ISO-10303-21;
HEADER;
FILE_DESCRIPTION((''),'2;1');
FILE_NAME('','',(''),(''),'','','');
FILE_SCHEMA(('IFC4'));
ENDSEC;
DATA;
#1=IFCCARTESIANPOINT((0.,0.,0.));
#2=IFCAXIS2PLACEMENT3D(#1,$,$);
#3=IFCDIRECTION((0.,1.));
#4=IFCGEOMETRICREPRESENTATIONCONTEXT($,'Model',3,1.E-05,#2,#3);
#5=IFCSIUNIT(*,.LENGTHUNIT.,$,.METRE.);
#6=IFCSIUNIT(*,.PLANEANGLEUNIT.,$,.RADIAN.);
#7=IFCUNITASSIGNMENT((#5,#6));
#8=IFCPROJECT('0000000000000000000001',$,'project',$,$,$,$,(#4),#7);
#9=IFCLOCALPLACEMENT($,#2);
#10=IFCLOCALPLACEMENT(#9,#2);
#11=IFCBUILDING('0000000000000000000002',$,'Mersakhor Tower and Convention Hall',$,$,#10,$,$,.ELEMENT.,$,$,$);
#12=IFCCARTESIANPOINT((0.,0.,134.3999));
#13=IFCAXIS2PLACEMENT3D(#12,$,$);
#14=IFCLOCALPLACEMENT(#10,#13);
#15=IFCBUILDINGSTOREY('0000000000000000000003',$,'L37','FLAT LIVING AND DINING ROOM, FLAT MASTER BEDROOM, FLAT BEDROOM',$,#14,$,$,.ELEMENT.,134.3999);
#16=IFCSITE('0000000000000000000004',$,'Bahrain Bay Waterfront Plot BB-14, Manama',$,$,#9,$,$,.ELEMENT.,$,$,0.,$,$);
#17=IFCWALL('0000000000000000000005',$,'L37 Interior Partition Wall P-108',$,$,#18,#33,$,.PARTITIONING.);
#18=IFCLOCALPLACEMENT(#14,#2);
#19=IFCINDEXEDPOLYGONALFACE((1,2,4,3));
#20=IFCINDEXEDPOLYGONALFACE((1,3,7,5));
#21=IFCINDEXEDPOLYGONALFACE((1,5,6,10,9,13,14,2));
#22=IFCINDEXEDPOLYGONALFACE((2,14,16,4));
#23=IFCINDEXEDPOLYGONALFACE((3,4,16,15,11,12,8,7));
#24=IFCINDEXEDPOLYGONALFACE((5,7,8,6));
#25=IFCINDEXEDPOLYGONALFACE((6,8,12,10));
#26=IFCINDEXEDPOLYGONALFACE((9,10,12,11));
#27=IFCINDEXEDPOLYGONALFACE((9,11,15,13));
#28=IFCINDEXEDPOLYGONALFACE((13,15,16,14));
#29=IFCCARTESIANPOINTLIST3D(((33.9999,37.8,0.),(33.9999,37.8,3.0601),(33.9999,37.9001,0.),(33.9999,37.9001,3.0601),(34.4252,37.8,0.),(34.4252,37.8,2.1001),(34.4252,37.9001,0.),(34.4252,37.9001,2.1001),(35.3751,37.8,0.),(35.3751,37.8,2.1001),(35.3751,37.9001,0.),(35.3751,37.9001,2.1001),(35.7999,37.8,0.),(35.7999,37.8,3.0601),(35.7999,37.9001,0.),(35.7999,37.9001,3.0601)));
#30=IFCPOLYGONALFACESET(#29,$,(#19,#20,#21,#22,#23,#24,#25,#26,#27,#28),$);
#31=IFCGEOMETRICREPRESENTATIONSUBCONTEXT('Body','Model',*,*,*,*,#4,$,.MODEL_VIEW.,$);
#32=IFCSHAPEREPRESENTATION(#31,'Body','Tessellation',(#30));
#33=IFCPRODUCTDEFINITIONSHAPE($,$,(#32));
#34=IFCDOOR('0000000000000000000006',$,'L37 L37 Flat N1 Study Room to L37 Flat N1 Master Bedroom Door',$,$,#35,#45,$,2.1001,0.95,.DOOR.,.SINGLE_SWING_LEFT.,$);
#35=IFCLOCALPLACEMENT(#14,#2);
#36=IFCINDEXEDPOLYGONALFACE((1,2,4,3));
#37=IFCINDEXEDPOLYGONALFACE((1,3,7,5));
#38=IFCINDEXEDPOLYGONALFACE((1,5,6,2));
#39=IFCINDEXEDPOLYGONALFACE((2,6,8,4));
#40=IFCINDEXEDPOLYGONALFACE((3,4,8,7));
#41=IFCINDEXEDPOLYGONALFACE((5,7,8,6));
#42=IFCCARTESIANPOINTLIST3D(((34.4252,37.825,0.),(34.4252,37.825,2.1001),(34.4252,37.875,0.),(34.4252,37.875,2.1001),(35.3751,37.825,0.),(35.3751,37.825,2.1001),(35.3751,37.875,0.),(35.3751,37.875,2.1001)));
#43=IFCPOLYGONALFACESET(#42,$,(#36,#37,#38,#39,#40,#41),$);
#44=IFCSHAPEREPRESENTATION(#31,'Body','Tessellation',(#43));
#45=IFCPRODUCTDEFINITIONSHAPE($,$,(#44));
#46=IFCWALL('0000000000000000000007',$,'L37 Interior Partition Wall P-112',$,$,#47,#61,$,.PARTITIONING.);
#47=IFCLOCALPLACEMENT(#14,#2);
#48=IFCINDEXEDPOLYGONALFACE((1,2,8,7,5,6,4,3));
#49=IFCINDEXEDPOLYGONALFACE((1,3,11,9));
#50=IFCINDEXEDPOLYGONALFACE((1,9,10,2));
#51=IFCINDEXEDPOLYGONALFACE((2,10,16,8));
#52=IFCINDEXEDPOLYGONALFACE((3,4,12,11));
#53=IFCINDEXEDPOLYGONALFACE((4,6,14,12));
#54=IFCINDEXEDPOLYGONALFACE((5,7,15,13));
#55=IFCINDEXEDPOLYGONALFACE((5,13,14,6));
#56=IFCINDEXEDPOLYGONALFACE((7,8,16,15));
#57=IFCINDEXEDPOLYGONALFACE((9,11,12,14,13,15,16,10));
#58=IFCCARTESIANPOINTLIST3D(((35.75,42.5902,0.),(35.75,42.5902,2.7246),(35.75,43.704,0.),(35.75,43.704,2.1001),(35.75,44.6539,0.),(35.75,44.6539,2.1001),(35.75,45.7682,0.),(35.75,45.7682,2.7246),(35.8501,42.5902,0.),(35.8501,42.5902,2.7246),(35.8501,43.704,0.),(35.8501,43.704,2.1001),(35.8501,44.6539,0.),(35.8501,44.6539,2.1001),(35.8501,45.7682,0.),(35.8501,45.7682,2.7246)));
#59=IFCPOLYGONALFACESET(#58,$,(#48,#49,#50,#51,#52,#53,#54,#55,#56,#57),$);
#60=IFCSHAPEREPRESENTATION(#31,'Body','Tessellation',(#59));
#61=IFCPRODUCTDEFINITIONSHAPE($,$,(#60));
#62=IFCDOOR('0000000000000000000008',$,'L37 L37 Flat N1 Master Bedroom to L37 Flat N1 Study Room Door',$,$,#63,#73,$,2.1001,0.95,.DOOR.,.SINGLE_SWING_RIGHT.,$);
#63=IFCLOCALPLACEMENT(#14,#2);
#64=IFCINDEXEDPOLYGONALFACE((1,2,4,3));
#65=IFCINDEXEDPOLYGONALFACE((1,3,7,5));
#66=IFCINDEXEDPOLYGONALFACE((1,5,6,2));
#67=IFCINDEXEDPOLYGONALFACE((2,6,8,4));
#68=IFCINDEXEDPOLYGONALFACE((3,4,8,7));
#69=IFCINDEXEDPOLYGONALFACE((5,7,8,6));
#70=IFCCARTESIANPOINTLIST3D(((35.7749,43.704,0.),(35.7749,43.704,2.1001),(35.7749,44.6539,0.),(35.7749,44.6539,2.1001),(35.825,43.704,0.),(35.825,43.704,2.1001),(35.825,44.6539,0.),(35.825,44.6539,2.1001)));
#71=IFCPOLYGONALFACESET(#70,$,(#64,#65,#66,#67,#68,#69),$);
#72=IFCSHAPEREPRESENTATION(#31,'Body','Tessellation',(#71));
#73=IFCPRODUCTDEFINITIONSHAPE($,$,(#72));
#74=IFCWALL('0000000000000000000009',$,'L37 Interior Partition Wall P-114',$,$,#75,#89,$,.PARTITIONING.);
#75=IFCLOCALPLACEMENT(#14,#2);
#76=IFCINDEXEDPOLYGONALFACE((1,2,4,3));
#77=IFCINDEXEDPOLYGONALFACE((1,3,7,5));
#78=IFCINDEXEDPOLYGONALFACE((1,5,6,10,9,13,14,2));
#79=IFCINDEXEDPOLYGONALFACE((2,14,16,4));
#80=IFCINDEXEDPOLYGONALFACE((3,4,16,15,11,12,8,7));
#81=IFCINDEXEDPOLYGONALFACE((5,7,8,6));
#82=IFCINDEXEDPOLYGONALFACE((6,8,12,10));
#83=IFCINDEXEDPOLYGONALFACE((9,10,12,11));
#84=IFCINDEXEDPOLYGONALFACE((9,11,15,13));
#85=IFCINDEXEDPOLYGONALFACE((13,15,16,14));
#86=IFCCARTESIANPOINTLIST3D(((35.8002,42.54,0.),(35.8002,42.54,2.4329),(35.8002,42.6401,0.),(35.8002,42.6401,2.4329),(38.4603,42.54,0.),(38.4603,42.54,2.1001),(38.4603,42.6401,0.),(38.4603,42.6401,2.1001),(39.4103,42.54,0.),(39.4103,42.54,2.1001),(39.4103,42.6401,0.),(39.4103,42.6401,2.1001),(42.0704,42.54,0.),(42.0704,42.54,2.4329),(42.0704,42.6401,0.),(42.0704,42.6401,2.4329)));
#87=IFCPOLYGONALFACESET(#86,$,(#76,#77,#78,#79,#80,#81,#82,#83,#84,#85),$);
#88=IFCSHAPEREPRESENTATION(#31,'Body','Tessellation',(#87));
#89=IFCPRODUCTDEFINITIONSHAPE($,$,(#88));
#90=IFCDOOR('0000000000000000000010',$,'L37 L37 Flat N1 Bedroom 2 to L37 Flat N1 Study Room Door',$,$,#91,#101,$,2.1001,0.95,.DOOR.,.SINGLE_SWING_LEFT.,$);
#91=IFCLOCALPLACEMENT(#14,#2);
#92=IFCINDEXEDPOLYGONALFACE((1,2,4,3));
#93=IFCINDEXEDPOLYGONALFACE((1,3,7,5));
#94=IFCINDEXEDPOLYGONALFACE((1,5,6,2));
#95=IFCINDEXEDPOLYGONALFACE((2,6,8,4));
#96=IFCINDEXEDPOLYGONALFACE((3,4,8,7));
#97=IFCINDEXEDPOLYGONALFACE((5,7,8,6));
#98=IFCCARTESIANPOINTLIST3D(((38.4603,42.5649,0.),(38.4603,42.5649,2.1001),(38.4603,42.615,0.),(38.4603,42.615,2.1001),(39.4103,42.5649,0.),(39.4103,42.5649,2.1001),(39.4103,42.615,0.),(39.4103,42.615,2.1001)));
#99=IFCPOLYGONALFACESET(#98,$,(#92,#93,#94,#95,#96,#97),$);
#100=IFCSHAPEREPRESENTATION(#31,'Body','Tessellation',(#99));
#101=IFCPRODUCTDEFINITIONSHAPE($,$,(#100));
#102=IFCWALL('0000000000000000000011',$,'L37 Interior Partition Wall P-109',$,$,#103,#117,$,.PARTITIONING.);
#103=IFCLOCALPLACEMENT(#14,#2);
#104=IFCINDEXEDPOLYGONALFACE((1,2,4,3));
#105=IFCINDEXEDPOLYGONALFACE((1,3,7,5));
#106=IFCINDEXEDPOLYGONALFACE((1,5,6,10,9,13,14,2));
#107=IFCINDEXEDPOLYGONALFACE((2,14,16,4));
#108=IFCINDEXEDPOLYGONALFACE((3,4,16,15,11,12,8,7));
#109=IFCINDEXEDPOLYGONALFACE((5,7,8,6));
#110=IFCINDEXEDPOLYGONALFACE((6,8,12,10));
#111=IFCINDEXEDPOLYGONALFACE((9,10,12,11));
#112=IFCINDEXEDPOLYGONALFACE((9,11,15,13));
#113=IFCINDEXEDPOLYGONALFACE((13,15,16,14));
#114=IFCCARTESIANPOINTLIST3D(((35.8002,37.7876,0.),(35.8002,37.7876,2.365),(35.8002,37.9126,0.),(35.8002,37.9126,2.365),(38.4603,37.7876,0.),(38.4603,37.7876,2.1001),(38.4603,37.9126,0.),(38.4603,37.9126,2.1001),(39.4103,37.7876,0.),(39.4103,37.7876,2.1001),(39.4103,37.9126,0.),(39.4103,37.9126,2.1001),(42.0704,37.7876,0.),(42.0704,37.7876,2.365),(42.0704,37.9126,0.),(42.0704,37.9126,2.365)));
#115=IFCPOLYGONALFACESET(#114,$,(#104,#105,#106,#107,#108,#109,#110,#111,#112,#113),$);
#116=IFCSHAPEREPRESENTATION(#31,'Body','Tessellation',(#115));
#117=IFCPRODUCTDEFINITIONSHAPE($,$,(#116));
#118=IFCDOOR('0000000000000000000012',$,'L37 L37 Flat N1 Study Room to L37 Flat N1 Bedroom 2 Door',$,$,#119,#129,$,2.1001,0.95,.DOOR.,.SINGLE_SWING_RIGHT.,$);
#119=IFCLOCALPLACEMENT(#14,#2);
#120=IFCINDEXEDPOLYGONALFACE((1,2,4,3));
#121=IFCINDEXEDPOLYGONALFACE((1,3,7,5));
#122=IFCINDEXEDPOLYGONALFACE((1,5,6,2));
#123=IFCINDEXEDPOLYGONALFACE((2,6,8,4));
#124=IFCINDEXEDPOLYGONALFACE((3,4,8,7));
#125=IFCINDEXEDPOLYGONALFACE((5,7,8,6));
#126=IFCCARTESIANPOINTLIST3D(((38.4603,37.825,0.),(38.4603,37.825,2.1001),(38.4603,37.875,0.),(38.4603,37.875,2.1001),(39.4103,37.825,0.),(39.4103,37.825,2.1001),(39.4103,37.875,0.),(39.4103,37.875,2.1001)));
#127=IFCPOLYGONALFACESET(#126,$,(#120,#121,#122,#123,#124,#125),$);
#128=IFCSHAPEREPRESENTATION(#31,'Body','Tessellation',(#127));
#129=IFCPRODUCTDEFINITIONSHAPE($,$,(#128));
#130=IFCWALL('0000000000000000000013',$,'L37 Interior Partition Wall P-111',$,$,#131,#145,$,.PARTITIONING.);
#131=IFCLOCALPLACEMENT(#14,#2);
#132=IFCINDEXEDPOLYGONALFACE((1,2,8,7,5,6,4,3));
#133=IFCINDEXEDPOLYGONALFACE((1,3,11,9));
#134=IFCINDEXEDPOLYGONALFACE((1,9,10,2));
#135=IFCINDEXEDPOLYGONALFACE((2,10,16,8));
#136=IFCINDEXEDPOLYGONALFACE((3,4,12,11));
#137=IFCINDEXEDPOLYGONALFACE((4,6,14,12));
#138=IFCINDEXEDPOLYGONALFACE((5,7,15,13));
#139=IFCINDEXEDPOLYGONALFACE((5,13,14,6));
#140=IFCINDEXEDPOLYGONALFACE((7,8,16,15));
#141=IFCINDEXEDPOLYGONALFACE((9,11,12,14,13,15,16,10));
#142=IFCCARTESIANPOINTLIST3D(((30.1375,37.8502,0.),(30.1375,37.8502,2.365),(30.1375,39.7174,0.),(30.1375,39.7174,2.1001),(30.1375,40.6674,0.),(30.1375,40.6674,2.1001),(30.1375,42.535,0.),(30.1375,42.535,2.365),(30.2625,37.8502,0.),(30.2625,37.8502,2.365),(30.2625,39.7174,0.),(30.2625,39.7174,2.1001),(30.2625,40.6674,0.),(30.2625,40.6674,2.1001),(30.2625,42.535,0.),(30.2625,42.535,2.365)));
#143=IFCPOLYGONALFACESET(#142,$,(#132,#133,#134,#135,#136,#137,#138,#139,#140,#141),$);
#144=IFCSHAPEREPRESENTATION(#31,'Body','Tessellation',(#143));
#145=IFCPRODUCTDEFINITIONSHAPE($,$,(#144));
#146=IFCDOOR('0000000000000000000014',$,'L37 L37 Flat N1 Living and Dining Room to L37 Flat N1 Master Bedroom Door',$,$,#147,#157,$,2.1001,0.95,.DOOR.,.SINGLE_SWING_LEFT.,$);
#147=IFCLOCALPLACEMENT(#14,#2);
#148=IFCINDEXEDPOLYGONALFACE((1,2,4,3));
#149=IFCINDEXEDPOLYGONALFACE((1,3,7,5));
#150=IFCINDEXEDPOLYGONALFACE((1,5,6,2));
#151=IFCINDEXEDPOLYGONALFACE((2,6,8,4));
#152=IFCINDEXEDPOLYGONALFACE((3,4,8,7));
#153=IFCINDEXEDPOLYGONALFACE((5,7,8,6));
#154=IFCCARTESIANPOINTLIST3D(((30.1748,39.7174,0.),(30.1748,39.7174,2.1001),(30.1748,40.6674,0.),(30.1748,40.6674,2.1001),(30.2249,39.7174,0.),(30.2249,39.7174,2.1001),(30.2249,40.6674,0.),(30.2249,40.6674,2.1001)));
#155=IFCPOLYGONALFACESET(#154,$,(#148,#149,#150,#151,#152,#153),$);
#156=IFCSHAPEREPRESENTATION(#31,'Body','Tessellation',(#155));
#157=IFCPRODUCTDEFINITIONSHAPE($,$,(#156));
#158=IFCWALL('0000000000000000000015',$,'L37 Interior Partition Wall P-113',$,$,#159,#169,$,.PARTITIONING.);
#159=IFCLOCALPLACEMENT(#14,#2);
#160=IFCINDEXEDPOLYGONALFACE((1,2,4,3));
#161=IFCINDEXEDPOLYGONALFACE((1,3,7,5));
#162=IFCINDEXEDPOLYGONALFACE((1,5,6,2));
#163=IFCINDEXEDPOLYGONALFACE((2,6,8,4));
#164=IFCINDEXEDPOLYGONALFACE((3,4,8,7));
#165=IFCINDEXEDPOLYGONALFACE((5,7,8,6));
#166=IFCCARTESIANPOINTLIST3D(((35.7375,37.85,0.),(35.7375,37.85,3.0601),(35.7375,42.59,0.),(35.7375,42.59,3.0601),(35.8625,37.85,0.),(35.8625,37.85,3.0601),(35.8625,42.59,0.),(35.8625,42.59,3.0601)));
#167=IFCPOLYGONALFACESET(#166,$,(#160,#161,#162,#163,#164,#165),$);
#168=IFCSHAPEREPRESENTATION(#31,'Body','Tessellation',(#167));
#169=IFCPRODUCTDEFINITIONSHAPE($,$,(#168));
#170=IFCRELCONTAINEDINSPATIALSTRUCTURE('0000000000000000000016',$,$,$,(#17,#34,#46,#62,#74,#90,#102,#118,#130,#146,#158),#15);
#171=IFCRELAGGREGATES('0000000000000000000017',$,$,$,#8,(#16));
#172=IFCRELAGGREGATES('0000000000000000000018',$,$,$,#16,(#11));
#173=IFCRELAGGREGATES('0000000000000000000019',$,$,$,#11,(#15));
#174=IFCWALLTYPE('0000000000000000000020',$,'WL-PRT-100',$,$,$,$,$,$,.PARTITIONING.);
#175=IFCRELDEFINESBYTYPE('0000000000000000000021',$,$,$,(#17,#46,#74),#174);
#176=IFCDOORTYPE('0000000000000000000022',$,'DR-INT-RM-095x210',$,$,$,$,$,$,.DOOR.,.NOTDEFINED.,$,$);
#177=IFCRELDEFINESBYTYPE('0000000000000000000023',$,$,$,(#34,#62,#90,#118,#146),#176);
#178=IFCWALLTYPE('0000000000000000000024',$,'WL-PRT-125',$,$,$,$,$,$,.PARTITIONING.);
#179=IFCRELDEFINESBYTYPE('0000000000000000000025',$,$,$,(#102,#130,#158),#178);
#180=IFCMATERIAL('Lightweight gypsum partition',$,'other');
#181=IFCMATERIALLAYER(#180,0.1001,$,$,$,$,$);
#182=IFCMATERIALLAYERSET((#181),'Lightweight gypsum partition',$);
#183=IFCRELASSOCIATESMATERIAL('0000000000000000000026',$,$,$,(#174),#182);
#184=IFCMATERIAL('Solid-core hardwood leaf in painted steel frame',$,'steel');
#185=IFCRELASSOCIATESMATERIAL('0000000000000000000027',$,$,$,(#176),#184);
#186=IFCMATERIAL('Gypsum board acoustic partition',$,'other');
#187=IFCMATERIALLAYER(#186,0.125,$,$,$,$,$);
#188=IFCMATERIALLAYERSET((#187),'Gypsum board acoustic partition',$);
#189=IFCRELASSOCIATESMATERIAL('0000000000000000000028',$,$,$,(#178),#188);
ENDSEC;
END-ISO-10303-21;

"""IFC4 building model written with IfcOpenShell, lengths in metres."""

from ifc_helpers import new_model, si_unit, direction, frame, frame_2d, origin, place, context, subcontext, project, spatial, rectangle, extrude, material, layer, layer_set, type_object, element, fill, save


model = new_model("IFC4")

# Units and contexts
model_context = context("Model", 3, precision=1e-05, world=origin(), true_north=direction((0.0, 1.0)))
body_context = subcontext(model_context, "Body", "Model", "MODEL_VIEW")
ifc_project = project(units=[si_unit("LENGTHUNIT", "METRE"), si_unit("PLANEANGLEUNIT", "RADIAN")], contexts=[model_context])

# Site, building, storey
site_placement = place(None, origin())
site = spatial("IfcSite", under=ifc_project, at=site_placement, Name="Bahrain Bay Waterfront Plot BB-14, Manama", CompositionType="ELEMENT", RefElevation=0.0)
building_placement = place(site_placement, origin())
building = spatial("IfcBuilding", under=site, at=building_placement, Name="Mersakhor Tower and Convention Hall", CompositionType="ELEMENT")
storey_placement = place(building_placement, frame((0.0, 0.0, 134.3999)))
storey = spatial("IfcBuildingStorey", under=building, at=storey_placement, Name="L37", Description="FLAT LIVING AND DINING ROOM, FLAT MASTER BEDROOM, FLAT BEDROOM", CompositionType="ELEMENT", Elevation=134.3999)

# Walls, openings, doors
ifc_material_1 = material(Name="Lightweight gypsum partition", Category="other")
ifc_layer_1 = layer(ifc_material_1, 0.1001)
ifc_layer_set_1 = layer_set([ifc_layer_1], Name="Lightweight gypsum partition")
wall_type_1 = type_object("IfcWallType", Name="WL-PRT-100", PredefinedType="PARTITIONING", material=ifc_layer_set_1)
wall_1_placement = place(storey_placement, frame((34.0, 37.8501, 0.0), z_axis=(0.0, 0.0, 1.0), x_axis=(1.0, 0.0, 0.0)))
wall_1 = element("IfcWall", 1, at=wall_1_placement, inside=storey, type_object=wall_type_1, Name="L37 Interior Partition Wall P-108", PredefinedType="PARTITIONING", context=body_context, shape_type="SweptSolid", body=[
    extrude(rectangle(XDim=1.8, YDim=0.1001, at=frame_2d((0.8999, 0.0))), origin(), (0.0, 0.0, 1.0), 3.0601),
])
opening_1_placement = place(wall_1_placement, frame((0.425, 0.0, 0.0)))
opening_1 = element("IfcOpeningElement", 2, at=opening_1_placement, cuts=wall_1, PredefinedType="OPENING", context=body_context, shape_type="SweptSolid", body=[
    extrude(rectangle(XDim=0.95, YDim=2.1001, at=frame_2d((0.4751, 1.05))), frame((0.0, 0.0601, 0.0), z_axis=(0.0, -1.0, 0.0), x_axis=(1.0, 0.0, 0.0)), (0.0, 0.0, 1.0), 0.1201),
])
ifc_material_2 = material(Name="Solid-core hardwood leaf in painted steel frame", Category="steel")
door_type_1 = type_object("IfcDoorType", Name="DR-INT-RM-095x210", OperationType="NOTDEFINED", PredefinedType="DOOR", material=ifc_material_2)
door_1_placement = place(opening_1_placement, origin())
door_1 = element("IfcDoor", 3, at=door_1_placement, inside=storey, type_object=door_type_1, Name="L37 L37 Flat N1 Study Room to L37 Flat N1 Master Bedroom Door", OperationType="SINGLE_SWING_LEFT", OverallHeight=2.1001, OverallWidth=0.95, PredefinedType="DOOR", context=body_context, shape_type="SweptSolid", body=[
    extrude(rectangle(XDim=0.95, YDim=2.1001, at=frame_2d((0.4751, 1.05))), frame((0.0, 0.0249, 0.0), z_axis=(0.0, -1.0, 0.0), x_axis=(1.0, 0.0, 0.0)), (0.0, 0.0, 1.0), 0.05),
])
fill(opening_1, door_1)
wall_2_placement = place(storey_placement, frame((35.8, 45.7681, 0.0), z_axis=(0.0, 0.0, 1.0), x_axis=(0.0, -1.0, 0.0)))
wall_2 = element("IfcWall", 4, at=wall_2_placement, inside=storey, type_object=wall_type_1, Name="L37 Interior Partition Wall P-112", PredefinedType="PARTITIONING", context=body_context, shape_type="SweptSolid", body=[
    extrude(rectangle(XDim=3.178, YDim=0.1001, at=frame_2d((1.5889, 0.0))), origin(), (0.0, 0.0, 1.0), 2.7246),
])
opening_2_placement = place(wall_2_placement, frame((1.114, 0.0, 0.0)))
opening_2 = element("IfcOpeningElement", 5, at=opening_2_placement, cuts=wall_2, PredefinedType="OPENING", context=body_context, shape_type="SweptSolid", body=[
    extrude(rectangle(XDim=0.95, YDim=2.1001, at=frame_2d((0.4751, 1.05))), frame((0.0, 0.0601, 0.0), z_axis=(0.0, -1.0, 0.0), x_axis=(1.0, 0.0, 0.0)), (0.0, 0.0, 1.0), 0.1201),
])
door_2_placement = place(opening_2_placement, origin())
door_2 = element("IfcDoor", 6, at=door_2_placement, inside=storey, type_object=door_type_1, Name="L37 L37 Flat N1 Master Bedroom to L37 Flat N1 Study Room Door", OperationType="SINGLE_SWING_RIGHT", OverallHeight=2.1001, OverallWidth=0.95, PredefinedType="DOOR", context=body_context, shape_type="SweptSolid", body=[
    extrude(rectangle(XDim=0.95, YDim=2.1001, at=frame_2d((0.4751, 1.05))), frame((0.0, 0.0249, 0.0), z_axis=(0.0, -1.0, 0.0), x_axis=(1.0, 0.0, 0.0)), (0.0, 0.0, 1.0), 0.05),
])
fill(opening_2, door_2)
wall_3_placement = place(storey_placement, frame((35.8, 42.5901, 0.0), z_axis=(0.0, 0.0, 1.0), x_axis=(1.0, 0.0, 0.0)))
wall_3 = element("IfcWall", 7, at=wall_3_placement, inside=storey, type_object=wall_type_1, Name="L37 Interior Partition Wall P-114", PredefinedType="PARTITIONING", context=body_context, shape_type="SweptSolid", body=[
    extrude(rectangle(XDim=6.2703, YDim=0.1001, at=frame_2d((3.1353, 0.0))), origin(), (0.0, 0.0, 1.0), 2.4329),
])
opening_3_placement = place(wall_3_placement, frame((2.6602, 0.0, 0.0)))
opening_3 = element("IfcOpeningElement", 8, at=opening_3_placement, cuts=wall_3, PredefinedType="OPENING", context=body_context, shape_type="SweptSolid", body=[
    extrude(rectangle(XDim=0.95, YDim=2.1001, at=frame_2d((0.4751, 1.05))), frame((0.0, 0.0601, 0.0), z_axis=(0.0, -1.0, 0.0), x_axis=(1.0, 0.0, 0.0)), (0.0, 0.0, 1.0), 0.1201),
])
door_3_placement = place(opening_3_placement, origin())
door_3 = element("IfcDoor", 9, at=door_3_placement, inside=storey, type_object=door_type_1, Name="L37 L37 Flat N1 Bedroom 2 to L37 Flat N1 Study Room Door", OperationType="SINGLE_SWING_LEFT", OverallHeight=2.1001, OverallWidth=0.95, PredefinedType="DOOR", context=body_context, shape_type="SweptSolid", body=[
    extrude(rectangle(XDim=0.95, YDim=2.1001, at=frame_2d((0.4751, 1.05))), frame((0.0, 0.0249, 0.0), z_axis=(0.0, -1.0, 0.0), x_axis=(1.0, 0.0, 0.0)), (0.0, 0.0, 1.0), 0.05),
])
fill(opening_3, door_3)
ifc_material_3 = material(Name="Gypsum board acoustic partition", Category="other")
ifc_layer_2 = layer(ifc_material_3, 0.125)
ifc_layer_set_2 = layer_set([ifc_layer_2], Name="Gypsum board acoustic partition")
wall_type_2 = type_object("IfcWallType", Name="WL-PRT-125", PredefinedType="PARTITIONING", material=ifc_layer_set_2)
wall_4_placement = place(storey_placement, frame((35.8, 37.8501, 0.0), z_axis=(0.0, 0.0, 1.0), x_axis=(1.0, 0.0, 0.0)))
wall_4 = element("IfcWall", 10, at=wall_4_placement, inside=storey, type_object=wall_type_2, Name="L37 Interior Partition Wall P-109", PredefinedType="PARTITIONING", context=body_context, shape_type="SweptSolid", body=[
    extrude(rectangle(XDim=6.2703, YDim=0.125, at=frame_2d((3.1353, 0.0))), origin(), (0.0, 0.0, 1.0), 2.365),
])
opening_4_placement = place(wall_4_placement, frame((2.6602, 0.0, 0.0)))
opening_4 = element("IfcOpeningElement", 11, at=opening_4_placement, cuts=wall_4, PredefinedType="OPENING", context=body_context, shape_type="SweptSolid", body=[
    extrude(rectangle(XDim=0.95, YDim=2.1001, at=frame_2d((0.4751, 1.05))), frame((0.0, 0.0725, 0.0), z_axis=(0.0, -1.0, 0.0), x_axis=(1.0, 0.0, 0.0)), (0.0, 0.0, 1.0), 0.145),
])
door_4_placement = place(opening_4_placement, origin())
door_4 = element("IfcDoor", 12, at=door_4_placement, inside=storey, type_object=door_type_1, Name="L37 L37 Flat N1 Study Room to L37 Flat N1 Bedroom 2 Door", OperationType="SINGLE_SWING_RIGHT", OverallHeight=2.1001, OverallWidth=0.95, PredefinedType="DOOR", context=body_context, shape_type="SweptSolid", body=[
    extrude(rectangle(XDim=0.95, YDim=2.1001, at=frame_2d((0.4751, 1.05))), frame((0.0, 0.0249, 0.0), z_axis=(0.0, -1.0, 0.0), x_axis=(1.0, 0.0, 0.0)), (0.0, 0.0, 1.0), 0.05),
])
fill(opening_4, door_4)
wall_5_placement = place(storey_placement, frame((30.2, 42.5349, 0.0), z_axis=(0.0, 0.0, 1.0), x_axis=(0.0, -1.0, 0.0)))
wall_5 = element("IfcWall", 13, at=wall_5_placement, inside=storey, type_object=wall_type_2, Name="L37 Interior Partition Wall P-111", PredefinedType="PARTITIONING", context=body_context, shape_type="SweptSolid", body=[
    extrude(rectangle(XDim=4.6848, YDim=0.125, at=frame_2d((2.3423, 0.0))), origin(), (0.0, 0.0, 1.0), 2.365),
])
opening_5_placement = place(wall_5_placement, frame((1.8674, 0.0, 0.0)))
opening_5 = element("IfcOpeningElement", 14, at=opening_5_placement, cuts=wall_5, PredefinedType="OPENING", context=body_context, shape_type="SweptSolid", body=[
    extrude(rectangle(XDim=0.95, YDim=2.1001, at=frame_2d((0.4751, 1.05))), frame((0.0, 0.0725, 0.0), z_axis=(0.0, -1.0, 0.0), x_axis=(1.0, 0.0, 0.0)), (0.0, 0.0, 1.0), 0.145),
])
door_5_placement = place(opening_5_placement, origin())
door_5 = element("IfcDoor", 15, at=door_5_placement, inside=storey, type_object=door_type_1, Name="L37 L37 Flat N1 Living and Dining Room to L37 Flat N1 Master Bedroom Door", OperationType="SINGLE_SWING_LEFT", OverallHeight=2.1001, OverallWidth=0.95, PredefinedType="DOOR", context=body_context, shape_type="SweptSolid", body=[
    extrude(rectangle(XDim=0.95, YDim=2.1001, at=frame_2d((0.4751, 1.05))), frame((0.0, 0.0249, 0.0), z_axis=(0.0, -1.0, 0.0), x_axis=(1.0, 0.0, 0.0)), (0.0, 0.0, 1.0), 0.05),
])
fill(opening_5, door_5)

# Wall
wall_6_placement = place(storey_placement, frame((35.8, 42.5901, 0.0), z_axis=(0.0, 0.0, 1.0), x_axis=(0.0, -1.0, 0.0)))
element("IfcWall", 16, at=wall_6_placement, inside=storey, type_object=wall_type_2, Name="L37 Interior Partition Wall P-113", PredefinedType="PARTITIONING", context=body_context, shape_type="SweptSolid", body=[
    extrude(rectangle(XDim=4.74, YDim=0.125, at=frame_2d((2.3701, 0.0))), origin(), (0.0, 0.0, 1.0), 3.0601),
])

save(model, "model.ifc")
